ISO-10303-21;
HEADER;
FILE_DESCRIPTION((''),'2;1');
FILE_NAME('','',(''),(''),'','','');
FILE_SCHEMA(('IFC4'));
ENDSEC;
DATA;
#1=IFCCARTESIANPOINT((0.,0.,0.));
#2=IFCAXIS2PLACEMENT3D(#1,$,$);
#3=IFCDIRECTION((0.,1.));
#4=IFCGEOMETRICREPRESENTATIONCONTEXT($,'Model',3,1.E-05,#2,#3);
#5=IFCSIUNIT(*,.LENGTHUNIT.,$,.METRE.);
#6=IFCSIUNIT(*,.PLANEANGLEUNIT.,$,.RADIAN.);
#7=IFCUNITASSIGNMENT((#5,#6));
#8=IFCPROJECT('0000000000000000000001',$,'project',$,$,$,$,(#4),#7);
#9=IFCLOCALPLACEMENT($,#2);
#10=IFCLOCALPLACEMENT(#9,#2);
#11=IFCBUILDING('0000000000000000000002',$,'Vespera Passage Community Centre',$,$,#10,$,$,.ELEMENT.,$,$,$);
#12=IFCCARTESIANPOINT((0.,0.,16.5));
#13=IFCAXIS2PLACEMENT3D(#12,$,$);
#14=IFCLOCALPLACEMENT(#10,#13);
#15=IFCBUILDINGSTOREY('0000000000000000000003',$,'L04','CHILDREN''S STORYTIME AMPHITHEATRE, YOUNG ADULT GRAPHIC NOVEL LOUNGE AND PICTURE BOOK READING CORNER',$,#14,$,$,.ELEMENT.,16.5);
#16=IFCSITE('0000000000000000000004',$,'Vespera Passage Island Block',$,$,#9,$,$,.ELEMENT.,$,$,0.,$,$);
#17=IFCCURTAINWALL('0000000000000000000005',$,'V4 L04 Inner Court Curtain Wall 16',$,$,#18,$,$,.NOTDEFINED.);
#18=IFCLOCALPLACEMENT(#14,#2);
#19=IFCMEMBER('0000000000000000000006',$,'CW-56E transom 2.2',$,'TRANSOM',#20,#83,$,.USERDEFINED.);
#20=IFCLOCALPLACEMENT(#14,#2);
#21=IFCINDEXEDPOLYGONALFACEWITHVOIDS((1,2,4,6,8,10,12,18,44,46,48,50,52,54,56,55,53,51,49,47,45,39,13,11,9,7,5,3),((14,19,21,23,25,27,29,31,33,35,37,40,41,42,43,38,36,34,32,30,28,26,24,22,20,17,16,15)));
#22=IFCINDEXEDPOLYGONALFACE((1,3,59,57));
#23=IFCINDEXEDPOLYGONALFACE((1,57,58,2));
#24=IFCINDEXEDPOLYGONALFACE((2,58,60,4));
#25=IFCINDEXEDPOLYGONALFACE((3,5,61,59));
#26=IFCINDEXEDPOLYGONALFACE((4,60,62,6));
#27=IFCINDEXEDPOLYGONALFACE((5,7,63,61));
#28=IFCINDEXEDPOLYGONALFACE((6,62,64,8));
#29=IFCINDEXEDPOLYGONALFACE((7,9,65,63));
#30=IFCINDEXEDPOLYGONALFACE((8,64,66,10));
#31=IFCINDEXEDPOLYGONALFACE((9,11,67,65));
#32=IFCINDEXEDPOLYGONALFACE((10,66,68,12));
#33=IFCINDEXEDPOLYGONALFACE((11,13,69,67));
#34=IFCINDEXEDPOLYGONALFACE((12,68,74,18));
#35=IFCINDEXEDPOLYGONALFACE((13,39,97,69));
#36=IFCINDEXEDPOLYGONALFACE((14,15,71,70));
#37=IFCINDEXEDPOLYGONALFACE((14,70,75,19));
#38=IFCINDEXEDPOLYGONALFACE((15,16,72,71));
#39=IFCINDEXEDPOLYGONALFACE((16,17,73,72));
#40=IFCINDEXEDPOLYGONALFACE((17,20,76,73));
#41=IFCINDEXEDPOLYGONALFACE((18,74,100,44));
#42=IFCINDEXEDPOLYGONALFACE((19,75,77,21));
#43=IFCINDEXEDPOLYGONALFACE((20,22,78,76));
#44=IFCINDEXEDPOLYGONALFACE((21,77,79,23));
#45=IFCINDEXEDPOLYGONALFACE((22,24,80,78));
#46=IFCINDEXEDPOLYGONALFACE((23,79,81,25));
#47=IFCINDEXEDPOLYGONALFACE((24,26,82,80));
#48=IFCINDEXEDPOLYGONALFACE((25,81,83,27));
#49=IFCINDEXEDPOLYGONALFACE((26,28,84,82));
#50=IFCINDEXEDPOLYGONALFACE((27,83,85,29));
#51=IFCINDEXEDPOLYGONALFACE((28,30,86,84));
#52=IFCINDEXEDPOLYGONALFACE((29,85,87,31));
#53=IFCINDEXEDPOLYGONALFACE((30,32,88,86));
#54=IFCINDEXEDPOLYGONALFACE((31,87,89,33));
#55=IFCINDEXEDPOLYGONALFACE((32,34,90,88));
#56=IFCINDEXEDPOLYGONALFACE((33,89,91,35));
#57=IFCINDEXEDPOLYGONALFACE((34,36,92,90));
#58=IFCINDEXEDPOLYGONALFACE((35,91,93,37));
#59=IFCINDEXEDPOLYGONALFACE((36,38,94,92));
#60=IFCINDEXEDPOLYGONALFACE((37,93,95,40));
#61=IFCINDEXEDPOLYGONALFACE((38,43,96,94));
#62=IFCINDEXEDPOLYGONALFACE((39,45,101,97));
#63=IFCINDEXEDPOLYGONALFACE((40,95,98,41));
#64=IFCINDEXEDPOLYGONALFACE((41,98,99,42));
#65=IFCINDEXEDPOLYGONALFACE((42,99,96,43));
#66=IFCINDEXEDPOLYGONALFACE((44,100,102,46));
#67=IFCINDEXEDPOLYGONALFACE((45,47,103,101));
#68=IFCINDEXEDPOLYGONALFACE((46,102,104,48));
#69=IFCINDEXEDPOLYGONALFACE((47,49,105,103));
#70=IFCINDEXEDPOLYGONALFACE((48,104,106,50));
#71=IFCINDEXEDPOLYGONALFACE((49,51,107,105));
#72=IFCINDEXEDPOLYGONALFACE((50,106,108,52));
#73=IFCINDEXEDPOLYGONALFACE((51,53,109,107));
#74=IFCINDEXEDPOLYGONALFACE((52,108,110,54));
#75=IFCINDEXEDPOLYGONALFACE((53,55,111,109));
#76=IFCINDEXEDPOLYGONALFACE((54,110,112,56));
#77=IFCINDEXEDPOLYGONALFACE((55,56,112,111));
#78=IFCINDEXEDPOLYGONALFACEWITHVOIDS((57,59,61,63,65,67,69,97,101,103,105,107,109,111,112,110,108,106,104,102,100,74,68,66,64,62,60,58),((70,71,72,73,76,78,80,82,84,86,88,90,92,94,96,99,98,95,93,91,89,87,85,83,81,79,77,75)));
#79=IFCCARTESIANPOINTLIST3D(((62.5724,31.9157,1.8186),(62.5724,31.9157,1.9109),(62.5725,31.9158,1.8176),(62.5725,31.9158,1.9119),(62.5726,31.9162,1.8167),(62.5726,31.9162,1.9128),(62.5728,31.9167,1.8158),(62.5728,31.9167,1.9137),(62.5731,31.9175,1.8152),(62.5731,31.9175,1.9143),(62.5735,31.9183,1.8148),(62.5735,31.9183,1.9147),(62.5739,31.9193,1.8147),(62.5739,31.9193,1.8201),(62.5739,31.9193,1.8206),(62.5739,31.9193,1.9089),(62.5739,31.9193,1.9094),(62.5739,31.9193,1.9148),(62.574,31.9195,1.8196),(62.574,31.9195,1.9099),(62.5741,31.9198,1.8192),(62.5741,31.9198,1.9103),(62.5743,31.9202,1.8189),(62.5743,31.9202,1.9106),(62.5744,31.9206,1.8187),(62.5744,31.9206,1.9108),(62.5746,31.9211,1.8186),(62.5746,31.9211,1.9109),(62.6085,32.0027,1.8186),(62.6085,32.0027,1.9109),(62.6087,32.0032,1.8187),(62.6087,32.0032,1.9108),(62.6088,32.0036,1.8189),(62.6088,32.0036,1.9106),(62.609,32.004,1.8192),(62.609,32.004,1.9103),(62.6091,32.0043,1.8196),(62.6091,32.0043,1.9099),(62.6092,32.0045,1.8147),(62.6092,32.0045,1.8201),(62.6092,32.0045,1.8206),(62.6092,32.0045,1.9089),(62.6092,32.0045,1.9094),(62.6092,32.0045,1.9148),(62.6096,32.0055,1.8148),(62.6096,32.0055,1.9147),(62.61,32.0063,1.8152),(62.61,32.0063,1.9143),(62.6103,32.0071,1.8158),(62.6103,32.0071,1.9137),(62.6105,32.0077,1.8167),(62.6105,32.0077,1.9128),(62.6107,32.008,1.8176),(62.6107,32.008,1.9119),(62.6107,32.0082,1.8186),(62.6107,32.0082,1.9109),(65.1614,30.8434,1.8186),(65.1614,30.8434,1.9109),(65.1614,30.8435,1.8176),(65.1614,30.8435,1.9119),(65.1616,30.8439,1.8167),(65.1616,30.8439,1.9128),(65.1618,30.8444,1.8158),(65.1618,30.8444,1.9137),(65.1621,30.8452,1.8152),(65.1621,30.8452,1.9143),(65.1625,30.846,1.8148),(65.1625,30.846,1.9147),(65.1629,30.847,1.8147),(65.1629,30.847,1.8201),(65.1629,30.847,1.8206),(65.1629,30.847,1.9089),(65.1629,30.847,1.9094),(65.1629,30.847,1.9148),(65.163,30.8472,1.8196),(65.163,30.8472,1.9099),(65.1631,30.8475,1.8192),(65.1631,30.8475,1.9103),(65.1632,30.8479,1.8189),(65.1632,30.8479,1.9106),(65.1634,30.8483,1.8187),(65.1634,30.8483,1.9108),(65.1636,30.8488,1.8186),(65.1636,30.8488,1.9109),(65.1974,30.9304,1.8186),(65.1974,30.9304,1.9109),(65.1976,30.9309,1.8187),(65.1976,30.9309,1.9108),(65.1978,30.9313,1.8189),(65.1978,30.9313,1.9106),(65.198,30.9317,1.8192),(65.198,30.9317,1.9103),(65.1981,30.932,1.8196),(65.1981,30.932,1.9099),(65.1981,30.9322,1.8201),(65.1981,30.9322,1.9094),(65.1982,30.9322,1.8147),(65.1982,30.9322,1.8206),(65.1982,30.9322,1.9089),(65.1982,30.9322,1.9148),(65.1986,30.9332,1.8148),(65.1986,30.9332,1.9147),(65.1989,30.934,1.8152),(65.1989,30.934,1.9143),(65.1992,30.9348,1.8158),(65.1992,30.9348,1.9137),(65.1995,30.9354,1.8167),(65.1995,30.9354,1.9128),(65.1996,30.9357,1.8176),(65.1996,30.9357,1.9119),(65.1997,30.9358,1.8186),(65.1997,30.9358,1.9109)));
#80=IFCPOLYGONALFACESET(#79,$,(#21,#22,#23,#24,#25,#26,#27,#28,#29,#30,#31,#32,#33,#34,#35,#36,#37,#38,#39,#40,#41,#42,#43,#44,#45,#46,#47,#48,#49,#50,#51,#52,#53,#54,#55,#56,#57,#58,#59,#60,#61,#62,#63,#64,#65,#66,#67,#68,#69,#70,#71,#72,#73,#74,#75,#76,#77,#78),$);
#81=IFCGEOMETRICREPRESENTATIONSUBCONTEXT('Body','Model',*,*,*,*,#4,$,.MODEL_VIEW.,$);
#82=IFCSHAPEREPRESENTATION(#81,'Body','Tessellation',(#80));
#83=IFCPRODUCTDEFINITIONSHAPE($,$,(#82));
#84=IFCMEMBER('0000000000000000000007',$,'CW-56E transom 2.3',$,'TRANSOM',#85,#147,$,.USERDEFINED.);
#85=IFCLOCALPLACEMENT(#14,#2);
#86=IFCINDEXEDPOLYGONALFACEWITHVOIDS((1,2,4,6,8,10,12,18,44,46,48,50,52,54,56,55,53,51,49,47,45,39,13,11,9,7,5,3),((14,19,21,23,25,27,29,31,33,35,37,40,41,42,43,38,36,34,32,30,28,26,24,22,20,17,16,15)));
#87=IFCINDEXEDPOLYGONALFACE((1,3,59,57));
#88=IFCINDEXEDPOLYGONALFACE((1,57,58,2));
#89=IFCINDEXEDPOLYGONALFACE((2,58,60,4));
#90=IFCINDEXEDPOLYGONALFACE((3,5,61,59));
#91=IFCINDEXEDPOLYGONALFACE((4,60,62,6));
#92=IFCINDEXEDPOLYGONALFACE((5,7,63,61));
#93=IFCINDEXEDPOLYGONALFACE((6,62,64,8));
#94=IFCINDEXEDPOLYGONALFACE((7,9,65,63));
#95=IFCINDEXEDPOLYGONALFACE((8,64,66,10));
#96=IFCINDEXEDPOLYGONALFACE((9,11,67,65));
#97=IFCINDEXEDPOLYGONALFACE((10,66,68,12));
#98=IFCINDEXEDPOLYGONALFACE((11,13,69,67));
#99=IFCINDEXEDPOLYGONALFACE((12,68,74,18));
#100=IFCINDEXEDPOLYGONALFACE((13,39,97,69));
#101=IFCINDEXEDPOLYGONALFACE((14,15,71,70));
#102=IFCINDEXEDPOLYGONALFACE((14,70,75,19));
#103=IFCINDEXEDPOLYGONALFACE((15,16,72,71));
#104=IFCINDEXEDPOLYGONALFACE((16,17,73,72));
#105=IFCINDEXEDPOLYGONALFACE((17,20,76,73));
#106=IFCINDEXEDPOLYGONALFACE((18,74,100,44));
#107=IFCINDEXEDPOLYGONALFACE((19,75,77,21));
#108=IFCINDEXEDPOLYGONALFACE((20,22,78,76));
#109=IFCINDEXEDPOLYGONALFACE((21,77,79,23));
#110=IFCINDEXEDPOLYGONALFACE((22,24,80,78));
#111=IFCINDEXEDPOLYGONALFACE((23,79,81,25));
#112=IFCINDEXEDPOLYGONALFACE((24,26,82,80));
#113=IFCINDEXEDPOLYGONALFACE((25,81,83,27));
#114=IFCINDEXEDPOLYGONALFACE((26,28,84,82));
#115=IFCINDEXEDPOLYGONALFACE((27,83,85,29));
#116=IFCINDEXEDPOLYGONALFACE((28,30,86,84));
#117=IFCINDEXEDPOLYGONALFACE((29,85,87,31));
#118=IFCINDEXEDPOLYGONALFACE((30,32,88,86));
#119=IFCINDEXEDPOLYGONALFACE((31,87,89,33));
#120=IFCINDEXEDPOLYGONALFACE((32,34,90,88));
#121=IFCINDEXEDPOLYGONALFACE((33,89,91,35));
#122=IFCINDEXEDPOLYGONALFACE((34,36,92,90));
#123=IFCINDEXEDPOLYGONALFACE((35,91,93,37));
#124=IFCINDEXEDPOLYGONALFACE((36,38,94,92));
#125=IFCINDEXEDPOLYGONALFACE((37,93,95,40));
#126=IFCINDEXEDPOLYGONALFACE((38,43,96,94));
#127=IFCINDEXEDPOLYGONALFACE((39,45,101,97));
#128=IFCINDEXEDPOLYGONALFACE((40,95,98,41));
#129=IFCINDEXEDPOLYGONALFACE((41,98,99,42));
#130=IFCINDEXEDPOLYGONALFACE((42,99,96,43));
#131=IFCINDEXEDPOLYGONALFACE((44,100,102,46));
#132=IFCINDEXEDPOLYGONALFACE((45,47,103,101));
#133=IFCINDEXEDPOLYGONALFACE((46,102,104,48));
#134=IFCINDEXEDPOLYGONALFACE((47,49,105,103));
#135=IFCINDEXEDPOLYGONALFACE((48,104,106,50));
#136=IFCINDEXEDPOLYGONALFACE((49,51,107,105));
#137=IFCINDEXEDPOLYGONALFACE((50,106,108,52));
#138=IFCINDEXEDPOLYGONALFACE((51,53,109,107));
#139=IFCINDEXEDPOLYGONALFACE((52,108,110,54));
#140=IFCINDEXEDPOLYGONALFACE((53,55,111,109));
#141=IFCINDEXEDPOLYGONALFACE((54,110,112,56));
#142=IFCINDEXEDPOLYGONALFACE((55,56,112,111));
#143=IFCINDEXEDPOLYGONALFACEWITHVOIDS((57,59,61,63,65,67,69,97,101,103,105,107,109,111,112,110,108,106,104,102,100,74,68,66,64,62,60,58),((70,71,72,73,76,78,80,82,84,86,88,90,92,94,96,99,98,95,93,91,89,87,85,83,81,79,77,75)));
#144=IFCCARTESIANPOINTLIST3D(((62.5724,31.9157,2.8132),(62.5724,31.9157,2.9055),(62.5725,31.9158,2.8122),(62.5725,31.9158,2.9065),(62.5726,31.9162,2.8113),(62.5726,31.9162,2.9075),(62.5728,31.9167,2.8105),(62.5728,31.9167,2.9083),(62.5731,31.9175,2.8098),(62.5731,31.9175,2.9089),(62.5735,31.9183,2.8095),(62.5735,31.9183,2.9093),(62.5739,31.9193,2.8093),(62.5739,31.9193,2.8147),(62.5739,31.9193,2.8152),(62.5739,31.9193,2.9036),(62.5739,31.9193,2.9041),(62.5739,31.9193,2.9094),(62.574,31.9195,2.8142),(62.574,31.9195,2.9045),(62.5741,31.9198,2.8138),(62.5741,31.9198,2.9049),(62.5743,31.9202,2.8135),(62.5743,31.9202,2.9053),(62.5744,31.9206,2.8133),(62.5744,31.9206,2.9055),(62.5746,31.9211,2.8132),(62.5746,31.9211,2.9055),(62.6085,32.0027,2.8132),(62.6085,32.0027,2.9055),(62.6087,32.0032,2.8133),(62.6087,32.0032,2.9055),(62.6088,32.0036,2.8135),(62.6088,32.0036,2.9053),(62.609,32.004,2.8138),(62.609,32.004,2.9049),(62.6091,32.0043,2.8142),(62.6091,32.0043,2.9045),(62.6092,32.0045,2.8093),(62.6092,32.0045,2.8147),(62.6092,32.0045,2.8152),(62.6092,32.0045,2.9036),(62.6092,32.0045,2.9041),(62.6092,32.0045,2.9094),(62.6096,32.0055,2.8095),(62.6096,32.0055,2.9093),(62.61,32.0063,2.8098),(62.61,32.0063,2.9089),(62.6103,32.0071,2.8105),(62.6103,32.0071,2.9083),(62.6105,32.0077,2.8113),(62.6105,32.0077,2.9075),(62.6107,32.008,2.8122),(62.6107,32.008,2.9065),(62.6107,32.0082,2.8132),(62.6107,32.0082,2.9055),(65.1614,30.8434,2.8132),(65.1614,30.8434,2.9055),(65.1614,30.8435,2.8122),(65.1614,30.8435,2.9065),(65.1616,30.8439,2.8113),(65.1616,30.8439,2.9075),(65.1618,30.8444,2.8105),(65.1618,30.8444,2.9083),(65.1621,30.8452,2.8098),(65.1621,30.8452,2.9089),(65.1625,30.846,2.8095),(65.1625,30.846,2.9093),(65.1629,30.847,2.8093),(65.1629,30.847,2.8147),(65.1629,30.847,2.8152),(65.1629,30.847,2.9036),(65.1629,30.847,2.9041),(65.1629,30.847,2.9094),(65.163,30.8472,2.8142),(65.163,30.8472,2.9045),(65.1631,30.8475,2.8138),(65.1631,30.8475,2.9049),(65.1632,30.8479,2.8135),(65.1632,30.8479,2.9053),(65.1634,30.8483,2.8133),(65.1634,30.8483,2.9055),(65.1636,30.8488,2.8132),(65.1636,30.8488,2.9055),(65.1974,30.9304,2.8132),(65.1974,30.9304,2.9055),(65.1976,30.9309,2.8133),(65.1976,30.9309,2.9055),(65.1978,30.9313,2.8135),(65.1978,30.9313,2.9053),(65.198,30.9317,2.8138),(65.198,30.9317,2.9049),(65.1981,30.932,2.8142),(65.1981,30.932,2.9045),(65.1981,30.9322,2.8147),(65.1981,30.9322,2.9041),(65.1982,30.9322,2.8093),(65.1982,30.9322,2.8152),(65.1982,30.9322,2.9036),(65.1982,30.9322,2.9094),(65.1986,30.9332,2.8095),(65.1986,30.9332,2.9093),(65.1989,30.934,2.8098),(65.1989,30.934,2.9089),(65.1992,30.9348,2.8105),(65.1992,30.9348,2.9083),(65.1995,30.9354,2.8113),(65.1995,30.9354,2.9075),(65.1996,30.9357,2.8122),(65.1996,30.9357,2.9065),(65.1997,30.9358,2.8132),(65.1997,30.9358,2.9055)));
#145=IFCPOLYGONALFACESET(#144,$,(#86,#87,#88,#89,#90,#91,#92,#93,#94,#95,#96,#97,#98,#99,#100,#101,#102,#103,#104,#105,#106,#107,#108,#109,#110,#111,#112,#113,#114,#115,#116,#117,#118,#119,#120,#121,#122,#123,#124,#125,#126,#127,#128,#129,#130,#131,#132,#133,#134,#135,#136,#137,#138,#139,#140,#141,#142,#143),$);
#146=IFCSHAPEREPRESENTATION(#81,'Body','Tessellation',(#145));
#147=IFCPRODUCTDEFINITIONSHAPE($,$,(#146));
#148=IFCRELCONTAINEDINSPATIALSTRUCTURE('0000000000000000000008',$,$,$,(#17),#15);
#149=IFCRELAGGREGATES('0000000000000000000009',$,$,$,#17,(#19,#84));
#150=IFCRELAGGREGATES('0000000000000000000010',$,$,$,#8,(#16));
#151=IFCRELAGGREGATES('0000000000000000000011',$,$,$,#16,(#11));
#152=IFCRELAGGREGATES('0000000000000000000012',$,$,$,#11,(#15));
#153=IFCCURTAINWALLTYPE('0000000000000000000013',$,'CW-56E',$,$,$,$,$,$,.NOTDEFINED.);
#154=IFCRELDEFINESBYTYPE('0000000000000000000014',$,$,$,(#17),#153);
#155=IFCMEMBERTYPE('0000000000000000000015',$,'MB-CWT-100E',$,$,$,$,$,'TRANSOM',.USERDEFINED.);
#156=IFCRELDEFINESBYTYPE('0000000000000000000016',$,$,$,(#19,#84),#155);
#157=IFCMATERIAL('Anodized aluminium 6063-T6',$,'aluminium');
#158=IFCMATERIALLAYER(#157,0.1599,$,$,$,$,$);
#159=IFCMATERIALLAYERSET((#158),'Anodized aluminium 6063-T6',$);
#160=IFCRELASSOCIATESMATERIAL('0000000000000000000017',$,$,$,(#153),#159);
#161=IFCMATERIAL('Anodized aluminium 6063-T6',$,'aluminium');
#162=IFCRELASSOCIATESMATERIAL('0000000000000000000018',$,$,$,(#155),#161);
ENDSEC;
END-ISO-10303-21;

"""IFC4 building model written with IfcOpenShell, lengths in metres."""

from ifc_helpers import new_model, si_unit, direction, frame, origin, origin_2d, place, context, subcontext, project, spatial, hollow_rectangle, extrude, material, layer, layer_set, material_profile, profile_set, type_object, element, aggregate, save


model = new_model("IFC4")

# Units and contexts
model_context = context("Model", 3, precision=1e-05, world=origin(), true_north=direction((0.0, 1.0)))
body_context = subcontext(model_context, "Body", "Model", "MODEL_VIEW")
ifc_project = project(units=[si_unit("LENGTHUNIT", "METRE"), si_unit("PLANEANGLEUNIT", "RADIAN")], contexts=[model_context])

# Site, building, storey
site_placement = place(None, origin())
site = spatial("IfcSite", under=ifc_project, at=site_placement, Name="Vespera Passage Island Block", CompositionType="ELEMENT", RefElevation=0.0)
building_placement = place(site_placement, origin())
building = spatial("IfcBuilding", under=site, at=building_placement, Name="Vespera Passage Community Centre", CompositionType="ELEMENT")
storey_placement = place(building_placement, frame((0.0, 0.0, 16.5)))
storey = spatial("IfcBuildingStorey", under=building, at=storey_placement, Name="L04", Description="CHILDREN'S STORYTIME AMPHITHEATRE, YOUNG ADULT GRAPHIC NOVEL LOUNGE AND PICTURE BOOK READING CORNER", CompositionType="ELEMENT", Elevation=16.5)

# Curtain wall
ifc_material_1 = material(Name="Anodized aluminium 6063-T6", Category="aluminium")
ifc_layer_1 = layer(ifc_material_1, 0.1599)
ifc_layer_set_1 = layer_set([ifc_layer_1], Name="Anodized aluminium 6063-T6")
curtain_wall_type = type_object("IfcCurtainWallType", Name="CW-56E", PredefinedType="NOTDEFINED", material=ifc_layer_set_1)
curtain_wall_1_placement = place(storey_placement, origin())
curtain_wall_1 = element("IfcCurtainWall", 1, at=curtain_wall_1_placement, inside=storey, type_object=curtain_wall_type, Name="V4 L04 Inner Court Curtain Wall 16", PredefinedType="NOTDEFINED")

# Members
ifc_material_2 = material(Name="Anodized aluminium 6063-T6", Category="aluminium")
ifc_material_profile_1 = material_profile(ifc_material_2, hollow_rectangle(XDim=0.1001, YDim=0.1001, WallThickness=0.0039, InnerFilletRadius=0.002, OuterFilletRadius=0.0039, at=origin_2d()), Name="ALU100X100X4")
ifc_profile_set_1 = profile_set([ifc_material_profile_1], Name="Anodized aluminium 6063-T6")
member_type_1 = type_object("IfcMemberType", Name="MB-CWT-100E", ElementType="TRANSOM", PredefinedType="USERDEFINED", material=ifc_profile_set_1)
member_1_placement = place(storey_placement, frame((62.5916, 31.9619, 1.8647), z_axis=(0.923889, -0.38266, 0.0), x_axis=(0.38266, 0.923889, 0.0)))
member_1 = element("IfcMember", 2, at=member_1_placement, type_object=member_type_1, Name="CW-56E transom 2.2", ObjectType="TRANSOM", PredefinedType="USERDEFINED", context=body_context, shape_type="SweptSolid", body=[
    extrude(hollow_rectangle(XDim=0.1001, YDim=0.1001, WallThickness=0.0039, InnerFilletRadius=0.002, OuterFilletRadius=0.0039, at=origin_2d()), origin(), (0.0, 0.0, 1.0), 2.8022),
])
member_2_placement = place(storey_placement, frame((62.5916, 31.9619, 2.8594), z_axis=(0.923889, -0.38266, 0.0), x_axis=(0.38266, 0.923889, 0.0)))
member_2 = element("IfcMember", 3, at=member_2_placement, type_object=member_type_1, Name="CW-56E transom 2.3", ObjectType="TRANSOM", PredefinedType="USERDEFINED", context=body_context, shape_type="SweptSolid", body=[
    extrude(hollow_rectangle(XDim=0.1001, YDim=0.1001, WallThickness=0.0039, InnerFilletRadius=0.002, OuterFilletRadius=0.0039, at=origin_2d()), origin(), (0.0, 0.0, 1.0), 2.8022),
])

aggregate(curtain_wall_1, [member_1, member_2])

save(model, "model.ifc")
